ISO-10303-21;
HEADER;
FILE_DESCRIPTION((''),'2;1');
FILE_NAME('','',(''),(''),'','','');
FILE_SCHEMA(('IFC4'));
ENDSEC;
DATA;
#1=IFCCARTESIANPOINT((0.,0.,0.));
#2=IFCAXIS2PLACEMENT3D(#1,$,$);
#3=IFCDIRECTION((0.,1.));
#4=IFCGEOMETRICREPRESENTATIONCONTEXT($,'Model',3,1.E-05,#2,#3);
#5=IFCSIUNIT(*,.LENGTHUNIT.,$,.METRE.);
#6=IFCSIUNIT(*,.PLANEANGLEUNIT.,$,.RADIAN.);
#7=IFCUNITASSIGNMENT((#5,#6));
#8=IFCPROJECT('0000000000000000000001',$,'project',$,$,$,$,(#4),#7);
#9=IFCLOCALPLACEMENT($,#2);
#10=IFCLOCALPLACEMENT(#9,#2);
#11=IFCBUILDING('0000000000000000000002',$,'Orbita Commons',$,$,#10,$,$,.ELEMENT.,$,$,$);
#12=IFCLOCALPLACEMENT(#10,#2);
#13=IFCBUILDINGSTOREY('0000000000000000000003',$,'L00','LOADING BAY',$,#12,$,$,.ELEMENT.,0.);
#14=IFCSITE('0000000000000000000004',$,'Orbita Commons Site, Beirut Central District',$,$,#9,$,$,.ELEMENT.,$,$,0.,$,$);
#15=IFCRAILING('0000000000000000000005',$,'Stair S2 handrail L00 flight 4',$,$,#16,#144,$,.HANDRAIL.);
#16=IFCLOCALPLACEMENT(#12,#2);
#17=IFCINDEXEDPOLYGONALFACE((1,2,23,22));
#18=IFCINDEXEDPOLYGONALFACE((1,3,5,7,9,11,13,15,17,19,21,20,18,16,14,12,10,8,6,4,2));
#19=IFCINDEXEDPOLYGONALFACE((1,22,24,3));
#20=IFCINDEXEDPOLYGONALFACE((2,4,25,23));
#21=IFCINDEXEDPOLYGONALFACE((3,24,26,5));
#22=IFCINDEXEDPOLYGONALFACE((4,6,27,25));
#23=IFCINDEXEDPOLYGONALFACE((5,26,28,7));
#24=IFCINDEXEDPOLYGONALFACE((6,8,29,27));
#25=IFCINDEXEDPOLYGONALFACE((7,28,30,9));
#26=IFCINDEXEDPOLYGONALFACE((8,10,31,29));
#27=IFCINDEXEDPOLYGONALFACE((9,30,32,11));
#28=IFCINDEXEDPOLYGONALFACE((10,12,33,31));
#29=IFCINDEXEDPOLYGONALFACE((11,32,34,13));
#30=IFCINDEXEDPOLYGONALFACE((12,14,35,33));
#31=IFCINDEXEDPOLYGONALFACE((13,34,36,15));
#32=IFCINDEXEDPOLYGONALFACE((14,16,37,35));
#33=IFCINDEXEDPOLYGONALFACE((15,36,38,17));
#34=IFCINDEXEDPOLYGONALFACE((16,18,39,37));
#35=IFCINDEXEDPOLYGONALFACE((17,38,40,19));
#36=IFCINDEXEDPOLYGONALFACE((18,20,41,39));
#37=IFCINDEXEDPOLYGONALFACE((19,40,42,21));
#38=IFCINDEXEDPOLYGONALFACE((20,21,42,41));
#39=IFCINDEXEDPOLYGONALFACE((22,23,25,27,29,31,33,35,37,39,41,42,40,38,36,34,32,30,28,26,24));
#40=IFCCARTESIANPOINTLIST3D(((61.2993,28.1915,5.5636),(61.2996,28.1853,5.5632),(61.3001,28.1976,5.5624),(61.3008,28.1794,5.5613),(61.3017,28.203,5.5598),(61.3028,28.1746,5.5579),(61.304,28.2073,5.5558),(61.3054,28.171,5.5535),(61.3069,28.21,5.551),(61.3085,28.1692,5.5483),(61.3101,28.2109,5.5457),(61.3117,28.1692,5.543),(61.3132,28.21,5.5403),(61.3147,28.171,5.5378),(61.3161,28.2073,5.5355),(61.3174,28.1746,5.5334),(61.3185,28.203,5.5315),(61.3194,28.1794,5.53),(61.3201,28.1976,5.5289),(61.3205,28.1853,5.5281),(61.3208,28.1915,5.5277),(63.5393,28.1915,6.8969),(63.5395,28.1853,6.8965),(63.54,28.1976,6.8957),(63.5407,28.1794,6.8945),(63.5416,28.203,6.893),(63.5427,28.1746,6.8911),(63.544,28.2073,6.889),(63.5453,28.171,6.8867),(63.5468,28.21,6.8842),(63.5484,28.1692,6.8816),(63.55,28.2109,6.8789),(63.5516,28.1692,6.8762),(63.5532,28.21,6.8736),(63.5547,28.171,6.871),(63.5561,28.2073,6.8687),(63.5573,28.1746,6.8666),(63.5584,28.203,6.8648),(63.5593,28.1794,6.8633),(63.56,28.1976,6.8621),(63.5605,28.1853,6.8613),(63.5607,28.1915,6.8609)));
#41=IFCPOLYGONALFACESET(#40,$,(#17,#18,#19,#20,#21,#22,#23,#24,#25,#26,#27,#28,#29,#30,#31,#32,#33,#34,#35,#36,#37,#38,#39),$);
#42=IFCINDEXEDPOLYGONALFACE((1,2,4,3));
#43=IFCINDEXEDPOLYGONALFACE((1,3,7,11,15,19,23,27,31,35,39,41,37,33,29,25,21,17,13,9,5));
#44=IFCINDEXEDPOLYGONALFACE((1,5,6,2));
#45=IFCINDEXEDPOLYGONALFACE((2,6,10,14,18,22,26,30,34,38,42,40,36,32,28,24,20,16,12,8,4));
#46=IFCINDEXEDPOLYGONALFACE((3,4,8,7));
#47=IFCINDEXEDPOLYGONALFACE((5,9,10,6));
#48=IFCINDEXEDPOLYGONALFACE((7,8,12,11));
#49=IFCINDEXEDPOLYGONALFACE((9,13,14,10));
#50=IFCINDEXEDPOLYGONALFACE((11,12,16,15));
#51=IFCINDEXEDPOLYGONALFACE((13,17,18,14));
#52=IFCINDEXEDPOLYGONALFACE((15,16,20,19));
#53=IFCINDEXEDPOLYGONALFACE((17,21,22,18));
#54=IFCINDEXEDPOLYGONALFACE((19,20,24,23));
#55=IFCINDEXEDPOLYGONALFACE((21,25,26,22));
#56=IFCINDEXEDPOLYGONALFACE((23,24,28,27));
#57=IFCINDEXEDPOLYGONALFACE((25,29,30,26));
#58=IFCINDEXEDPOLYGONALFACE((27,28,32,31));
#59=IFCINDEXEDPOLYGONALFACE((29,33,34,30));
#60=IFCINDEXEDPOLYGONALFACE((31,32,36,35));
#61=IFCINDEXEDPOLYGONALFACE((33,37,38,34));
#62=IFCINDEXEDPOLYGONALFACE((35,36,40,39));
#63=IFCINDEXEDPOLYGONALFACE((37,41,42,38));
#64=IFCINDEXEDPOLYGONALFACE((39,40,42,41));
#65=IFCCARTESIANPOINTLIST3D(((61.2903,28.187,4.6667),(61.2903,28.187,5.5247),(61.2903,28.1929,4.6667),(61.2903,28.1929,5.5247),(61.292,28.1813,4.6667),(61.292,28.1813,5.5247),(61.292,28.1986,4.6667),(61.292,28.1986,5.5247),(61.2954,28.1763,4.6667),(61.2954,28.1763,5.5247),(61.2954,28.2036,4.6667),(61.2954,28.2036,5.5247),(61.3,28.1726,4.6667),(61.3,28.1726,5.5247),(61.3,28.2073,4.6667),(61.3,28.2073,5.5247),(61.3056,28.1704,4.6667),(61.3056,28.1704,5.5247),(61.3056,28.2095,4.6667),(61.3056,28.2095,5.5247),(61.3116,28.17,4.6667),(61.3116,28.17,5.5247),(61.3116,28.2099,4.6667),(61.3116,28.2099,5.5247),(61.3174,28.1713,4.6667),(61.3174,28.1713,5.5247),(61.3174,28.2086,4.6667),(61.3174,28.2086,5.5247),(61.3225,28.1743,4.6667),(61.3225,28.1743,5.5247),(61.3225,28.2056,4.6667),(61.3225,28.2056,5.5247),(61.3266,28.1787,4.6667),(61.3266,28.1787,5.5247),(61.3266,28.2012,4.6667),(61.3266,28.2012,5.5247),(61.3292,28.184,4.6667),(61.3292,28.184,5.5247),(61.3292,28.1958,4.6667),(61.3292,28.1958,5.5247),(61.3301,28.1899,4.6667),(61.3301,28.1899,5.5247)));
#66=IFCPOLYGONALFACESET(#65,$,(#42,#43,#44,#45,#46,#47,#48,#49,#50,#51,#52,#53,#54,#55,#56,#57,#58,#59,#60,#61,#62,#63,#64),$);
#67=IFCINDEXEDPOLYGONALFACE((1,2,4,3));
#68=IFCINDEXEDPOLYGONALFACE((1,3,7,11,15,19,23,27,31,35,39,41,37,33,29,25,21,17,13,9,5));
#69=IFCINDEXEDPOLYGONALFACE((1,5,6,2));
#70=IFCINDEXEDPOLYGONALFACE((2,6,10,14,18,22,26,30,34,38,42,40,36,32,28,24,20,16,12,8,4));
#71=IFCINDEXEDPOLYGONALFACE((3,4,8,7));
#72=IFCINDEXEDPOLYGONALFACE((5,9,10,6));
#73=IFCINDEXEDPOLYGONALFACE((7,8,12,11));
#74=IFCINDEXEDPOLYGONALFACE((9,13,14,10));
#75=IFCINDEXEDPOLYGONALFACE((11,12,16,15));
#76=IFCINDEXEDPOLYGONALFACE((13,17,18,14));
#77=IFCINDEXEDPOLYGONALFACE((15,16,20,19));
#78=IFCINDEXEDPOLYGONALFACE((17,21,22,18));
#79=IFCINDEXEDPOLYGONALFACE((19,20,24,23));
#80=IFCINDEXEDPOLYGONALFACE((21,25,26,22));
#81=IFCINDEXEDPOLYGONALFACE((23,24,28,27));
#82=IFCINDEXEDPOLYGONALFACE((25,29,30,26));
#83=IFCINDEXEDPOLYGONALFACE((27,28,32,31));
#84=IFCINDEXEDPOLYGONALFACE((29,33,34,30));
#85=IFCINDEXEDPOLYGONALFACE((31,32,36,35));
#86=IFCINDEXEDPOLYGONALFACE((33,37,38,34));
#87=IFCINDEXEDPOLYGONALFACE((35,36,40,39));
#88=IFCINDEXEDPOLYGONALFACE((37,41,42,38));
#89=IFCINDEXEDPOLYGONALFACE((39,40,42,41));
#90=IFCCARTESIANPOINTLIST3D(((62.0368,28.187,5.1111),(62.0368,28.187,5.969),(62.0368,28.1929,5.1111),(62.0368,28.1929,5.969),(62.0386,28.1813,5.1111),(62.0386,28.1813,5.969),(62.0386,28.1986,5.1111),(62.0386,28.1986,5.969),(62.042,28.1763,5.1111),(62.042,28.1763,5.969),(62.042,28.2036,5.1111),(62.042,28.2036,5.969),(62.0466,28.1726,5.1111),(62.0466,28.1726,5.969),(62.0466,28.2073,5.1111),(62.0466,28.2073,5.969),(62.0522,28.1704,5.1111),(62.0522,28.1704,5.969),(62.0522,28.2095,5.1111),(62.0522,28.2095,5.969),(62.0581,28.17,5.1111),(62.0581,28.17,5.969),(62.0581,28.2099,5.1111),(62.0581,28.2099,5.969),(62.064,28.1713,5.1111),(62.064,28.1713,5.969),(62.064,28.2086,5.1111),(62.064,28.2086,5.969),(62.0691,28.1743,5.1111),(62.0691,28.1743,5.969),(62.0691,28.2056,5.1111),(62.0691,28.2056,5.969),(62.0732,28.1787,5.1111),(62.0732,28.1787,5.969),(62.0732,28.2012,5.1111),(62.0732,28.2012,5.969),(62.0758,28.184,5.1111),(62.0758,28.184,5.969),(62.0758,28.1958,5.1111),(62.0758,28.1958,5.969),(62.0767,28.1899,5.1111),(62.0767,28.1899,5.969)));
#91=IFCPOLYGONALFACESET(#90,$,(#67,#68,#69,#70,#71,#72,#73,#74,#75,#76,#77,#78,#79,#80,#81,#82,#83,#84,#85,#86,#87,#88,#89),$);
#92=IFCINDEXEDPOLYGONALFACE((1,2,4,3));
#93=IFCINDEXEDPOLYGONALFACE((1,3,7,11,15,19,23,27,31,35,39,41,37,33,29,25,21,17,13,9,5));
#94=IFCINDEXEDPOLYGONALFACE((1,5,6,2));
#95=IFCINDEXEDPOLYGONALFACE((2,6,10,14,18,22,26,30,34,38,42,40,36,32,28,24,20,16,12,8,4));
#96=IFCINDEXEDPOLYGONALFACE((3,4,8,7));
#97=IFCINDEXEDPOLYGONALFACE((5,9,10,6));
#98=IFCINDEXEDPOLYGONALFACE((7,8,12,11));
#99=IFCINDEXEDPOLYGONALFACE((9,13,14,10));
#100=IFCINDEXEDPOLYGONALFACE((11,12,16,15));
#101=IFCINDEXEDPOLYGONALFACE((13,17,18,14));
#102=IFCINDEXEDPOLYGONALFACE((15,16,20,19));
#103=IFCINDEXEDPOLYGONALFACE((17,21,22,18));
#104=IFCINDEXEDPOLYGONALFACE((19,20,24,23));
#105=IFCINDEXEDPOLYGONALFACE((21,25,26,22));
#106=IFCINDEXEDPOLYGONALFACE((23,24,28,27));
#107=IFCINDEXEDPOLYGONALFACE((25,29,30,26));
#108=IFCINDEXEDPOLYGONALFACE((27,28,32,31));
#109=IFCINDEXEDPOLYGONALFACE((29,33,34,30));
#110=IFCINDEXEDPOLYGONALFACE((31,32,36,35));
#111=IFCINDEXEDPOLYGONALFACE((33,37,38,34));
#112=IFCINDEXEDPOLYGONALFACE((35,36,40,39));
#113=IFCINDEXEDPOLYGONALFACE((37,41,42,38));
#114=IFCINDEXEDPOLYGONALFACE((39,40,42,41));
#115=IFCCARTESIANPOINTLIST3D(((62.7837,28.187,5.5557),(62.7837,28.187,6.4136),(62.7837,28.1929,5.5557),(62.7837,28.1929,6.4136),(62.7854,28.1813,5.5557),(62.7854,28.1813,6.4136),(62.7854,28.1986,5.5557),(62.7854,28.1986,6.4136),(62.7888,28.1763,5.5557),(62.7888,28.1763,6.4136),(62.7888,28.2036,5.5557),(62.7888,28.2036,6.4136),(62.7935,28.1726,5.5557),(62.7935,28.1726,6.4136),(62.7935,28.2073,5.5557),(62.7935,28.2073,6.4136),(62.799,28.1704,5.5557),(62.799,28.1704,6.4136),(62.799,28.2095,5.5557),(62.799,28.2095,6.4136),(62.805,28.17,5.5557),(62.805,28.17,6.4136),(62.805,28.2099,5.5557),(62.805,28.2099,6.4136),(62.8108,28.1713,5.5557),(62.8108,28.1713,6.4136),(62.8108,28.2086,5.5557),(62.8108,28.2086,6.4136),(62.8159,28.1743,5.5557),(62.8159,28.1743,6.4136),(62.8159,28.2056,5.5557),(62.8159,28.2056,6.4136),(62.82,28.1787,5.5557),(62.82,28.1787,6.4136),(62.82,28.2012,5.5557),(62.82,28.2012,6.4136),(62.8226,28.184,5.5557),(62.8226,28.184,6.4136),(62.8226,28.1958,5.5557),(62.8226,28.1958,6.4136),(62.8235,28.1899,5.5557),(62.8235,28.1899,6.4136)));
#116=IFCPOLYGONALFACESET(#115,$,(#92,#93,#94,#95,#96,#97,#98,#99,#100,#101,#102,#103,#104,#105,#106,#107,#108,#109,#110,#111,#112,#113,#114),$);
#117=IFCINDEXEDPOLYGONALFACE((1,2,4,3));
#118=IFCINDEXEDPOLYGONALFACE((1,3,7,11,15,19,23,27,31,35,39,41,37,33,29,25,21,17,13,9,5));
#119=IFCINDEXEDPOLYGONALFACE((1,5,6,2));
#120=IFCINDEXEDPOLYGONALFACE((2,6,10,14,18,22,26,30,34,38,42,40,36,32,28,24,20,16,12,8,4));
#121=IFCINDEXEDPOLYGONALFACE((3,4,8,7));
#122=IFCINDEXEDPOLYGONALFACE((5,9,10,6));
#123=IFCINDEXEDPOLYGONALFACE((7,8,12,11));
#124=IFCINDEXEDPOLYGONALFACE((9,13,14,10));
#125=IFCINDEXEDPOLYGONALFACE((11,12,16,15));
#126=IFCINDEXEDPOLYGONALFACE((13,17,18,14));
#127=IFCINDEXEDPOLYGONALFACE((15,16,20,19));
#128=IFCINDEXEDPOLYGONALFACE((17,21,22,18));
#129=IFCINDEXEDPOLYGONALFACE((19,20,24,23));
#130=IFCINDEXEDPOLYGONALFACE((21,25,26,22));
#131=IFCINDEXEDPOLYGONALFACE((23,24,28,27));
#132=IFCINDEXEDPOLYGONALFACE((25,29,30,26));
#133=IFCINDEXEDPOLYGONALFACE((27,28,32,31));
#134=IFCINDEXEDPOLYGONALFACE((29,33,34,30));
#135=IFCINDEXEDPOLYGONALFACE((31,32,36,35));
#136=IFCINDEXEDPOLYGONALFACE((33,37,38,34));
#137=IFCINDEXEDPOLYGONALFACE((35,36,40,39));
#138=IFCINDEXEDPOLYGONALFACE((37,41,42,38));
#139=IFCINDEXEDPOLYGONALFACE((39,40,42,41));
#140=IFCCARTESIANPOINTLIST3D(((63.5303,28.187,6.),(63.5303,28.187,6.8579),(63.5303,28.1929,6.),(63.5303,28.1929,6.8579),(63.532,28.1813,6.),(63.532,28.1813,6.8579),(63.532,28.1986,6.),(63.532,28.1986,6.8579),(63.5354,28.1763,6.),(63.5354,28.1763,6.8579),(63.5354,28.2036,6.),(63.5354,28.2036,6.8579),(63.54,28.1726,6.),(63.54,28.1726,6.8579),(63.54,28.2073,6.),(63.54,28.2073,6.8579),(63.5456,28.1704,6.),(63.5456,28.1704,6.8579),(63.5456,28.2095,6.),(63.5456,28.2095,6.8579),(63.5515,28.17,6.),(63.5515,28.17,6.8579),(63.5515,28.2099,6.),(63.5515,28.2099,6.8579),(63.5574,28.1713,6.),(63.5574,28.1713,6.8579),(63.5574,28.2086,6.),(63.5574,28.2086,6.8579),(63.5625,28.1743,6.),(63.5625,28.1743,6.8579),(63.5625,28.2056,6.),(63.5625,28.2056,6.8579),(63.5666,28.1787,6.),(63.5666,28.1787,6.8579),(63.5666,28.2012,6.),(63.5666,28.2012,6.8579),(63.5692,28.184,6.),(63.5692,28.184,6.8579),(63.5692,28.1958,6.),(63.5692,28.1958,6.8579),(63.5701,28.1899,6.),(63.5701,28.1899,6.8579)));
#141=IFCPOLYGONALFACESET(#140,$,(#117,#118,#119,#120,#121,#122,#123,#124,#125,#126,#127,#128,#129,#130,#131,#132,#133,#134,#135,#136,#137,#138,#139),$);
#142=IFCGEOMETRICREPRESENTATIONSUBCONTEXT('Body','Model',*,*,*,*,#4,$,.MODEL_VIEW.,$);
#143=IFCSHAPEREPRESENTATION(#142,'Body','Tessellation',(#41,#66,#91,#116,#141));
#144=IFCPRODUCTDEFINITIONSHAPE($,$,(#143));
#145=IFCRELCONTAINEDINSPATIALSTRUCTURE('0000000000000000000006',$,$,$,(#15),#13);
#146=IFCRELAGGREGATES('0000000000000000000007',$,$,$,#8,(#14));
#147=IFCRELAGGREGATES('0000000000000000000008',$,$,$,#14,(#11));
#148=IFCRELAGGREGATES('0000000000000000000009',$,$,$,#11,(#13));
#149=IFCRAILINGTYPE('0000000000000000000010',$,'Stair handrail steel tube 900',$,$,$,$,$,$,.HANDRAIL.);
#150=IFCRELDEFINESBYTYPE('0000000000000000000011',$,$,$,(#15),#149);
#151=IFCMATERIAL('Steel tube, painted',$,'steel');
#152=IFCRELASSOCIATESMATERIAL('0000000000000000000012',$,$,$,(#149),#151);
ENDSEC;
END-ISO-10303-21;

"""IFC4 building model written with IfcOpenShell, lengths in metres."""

from ifc_helpers import new_model, si_unit, direction, frame, origin, origin_2d, place, context, subcontext, project, spatial, circle, extrude, material, type_object, element, save


model = new_model("IFC4")

# Units and contexts
model_context = context("Model", 3, precision=1e-05, world=origin(), true_north=direction((0.0, 1.0)))
body_context = subcontext(model_context, "Body", "Model", "MODEL_VIEW")
ifc_project = project(units=[si_unit("LENGTHUNIT", "METRE"), si_unit("PLANEANGLEUNIT", "RADIAN")], contexts=[model_context])

# Site, building, storey
site_placement = place(None, origin())
site = spatial("IfcSite", under=ifc_project, at=site_placement, Name="Orbita Commons Site, Beirut Central District", CompositionType="ELEMENT", RefElevation=0.0)
building_placement = place(site_placement, origin())
building = spatial("IfcBuilding", under=site, at=building_placement, Name="Orbita Commons", CompositionType="ELEMENT")
storey_placement = place(building_placement, origin())
storey = spatial("IfcBuildingStorey", under=building, at=storey_placement, Name="L00", Description="LOADING BAY", CompositionType="ELEMENT", Elevation=0.0)

# Railing
ifc_material_1 = material(Name="Steel tube, painted", Category="steel")
railing_type = type_object("IfcRailingType", Name="Stair handrail steel tube 900", PredefinedType="HANDRAIL", material=ifc_material_1)
for number, where, name in (
    (1, (61.3101, 28.1899, 4.6667), "Stair S2 handrail L00 flight 4"),
):
    element("IfcRailing", number, at=place(storey_placement, frame(where)), inside=storey, type_object=railing_type, Name=name, PredefinedType="HANDRAIL", context=body_context, shape_type="SweptSolid", body=[
        extrude(circle(Radius=0.021, at=origin_2d()), frame((0.0, 0.0, 0.8789), z_axis=(0.859306, 0.0, 0.511462), x_axis=(0.0, 1.0, 0.0)), (0.0, 0.0, 1.0), 2.6067),
        extrude(circle(Radius=0.02, at=origin_2d()), origin(), (0.0, 0.0, 1.0), 0.8579),
        extrude(circle(Radius=0.02, at=origin_2d()), frame((0.7466, 0.0, 0.4443)), (0.0, 0.0, 1.0), 0.8579),
        extrude(circle(Radius=0.02, at=origin_2d()), frame((1.4934, 0.0, 0.8889)), (0.0, 0.0, 1.0), 0.8579),
        extrude(circle(Radius=0.02, at=origin_2d()), frame((2.24, 0.0, 1.3333)), (0.0, 0.0, 1.0), 0.8579),
    ])

save(model, "model.ifc")
